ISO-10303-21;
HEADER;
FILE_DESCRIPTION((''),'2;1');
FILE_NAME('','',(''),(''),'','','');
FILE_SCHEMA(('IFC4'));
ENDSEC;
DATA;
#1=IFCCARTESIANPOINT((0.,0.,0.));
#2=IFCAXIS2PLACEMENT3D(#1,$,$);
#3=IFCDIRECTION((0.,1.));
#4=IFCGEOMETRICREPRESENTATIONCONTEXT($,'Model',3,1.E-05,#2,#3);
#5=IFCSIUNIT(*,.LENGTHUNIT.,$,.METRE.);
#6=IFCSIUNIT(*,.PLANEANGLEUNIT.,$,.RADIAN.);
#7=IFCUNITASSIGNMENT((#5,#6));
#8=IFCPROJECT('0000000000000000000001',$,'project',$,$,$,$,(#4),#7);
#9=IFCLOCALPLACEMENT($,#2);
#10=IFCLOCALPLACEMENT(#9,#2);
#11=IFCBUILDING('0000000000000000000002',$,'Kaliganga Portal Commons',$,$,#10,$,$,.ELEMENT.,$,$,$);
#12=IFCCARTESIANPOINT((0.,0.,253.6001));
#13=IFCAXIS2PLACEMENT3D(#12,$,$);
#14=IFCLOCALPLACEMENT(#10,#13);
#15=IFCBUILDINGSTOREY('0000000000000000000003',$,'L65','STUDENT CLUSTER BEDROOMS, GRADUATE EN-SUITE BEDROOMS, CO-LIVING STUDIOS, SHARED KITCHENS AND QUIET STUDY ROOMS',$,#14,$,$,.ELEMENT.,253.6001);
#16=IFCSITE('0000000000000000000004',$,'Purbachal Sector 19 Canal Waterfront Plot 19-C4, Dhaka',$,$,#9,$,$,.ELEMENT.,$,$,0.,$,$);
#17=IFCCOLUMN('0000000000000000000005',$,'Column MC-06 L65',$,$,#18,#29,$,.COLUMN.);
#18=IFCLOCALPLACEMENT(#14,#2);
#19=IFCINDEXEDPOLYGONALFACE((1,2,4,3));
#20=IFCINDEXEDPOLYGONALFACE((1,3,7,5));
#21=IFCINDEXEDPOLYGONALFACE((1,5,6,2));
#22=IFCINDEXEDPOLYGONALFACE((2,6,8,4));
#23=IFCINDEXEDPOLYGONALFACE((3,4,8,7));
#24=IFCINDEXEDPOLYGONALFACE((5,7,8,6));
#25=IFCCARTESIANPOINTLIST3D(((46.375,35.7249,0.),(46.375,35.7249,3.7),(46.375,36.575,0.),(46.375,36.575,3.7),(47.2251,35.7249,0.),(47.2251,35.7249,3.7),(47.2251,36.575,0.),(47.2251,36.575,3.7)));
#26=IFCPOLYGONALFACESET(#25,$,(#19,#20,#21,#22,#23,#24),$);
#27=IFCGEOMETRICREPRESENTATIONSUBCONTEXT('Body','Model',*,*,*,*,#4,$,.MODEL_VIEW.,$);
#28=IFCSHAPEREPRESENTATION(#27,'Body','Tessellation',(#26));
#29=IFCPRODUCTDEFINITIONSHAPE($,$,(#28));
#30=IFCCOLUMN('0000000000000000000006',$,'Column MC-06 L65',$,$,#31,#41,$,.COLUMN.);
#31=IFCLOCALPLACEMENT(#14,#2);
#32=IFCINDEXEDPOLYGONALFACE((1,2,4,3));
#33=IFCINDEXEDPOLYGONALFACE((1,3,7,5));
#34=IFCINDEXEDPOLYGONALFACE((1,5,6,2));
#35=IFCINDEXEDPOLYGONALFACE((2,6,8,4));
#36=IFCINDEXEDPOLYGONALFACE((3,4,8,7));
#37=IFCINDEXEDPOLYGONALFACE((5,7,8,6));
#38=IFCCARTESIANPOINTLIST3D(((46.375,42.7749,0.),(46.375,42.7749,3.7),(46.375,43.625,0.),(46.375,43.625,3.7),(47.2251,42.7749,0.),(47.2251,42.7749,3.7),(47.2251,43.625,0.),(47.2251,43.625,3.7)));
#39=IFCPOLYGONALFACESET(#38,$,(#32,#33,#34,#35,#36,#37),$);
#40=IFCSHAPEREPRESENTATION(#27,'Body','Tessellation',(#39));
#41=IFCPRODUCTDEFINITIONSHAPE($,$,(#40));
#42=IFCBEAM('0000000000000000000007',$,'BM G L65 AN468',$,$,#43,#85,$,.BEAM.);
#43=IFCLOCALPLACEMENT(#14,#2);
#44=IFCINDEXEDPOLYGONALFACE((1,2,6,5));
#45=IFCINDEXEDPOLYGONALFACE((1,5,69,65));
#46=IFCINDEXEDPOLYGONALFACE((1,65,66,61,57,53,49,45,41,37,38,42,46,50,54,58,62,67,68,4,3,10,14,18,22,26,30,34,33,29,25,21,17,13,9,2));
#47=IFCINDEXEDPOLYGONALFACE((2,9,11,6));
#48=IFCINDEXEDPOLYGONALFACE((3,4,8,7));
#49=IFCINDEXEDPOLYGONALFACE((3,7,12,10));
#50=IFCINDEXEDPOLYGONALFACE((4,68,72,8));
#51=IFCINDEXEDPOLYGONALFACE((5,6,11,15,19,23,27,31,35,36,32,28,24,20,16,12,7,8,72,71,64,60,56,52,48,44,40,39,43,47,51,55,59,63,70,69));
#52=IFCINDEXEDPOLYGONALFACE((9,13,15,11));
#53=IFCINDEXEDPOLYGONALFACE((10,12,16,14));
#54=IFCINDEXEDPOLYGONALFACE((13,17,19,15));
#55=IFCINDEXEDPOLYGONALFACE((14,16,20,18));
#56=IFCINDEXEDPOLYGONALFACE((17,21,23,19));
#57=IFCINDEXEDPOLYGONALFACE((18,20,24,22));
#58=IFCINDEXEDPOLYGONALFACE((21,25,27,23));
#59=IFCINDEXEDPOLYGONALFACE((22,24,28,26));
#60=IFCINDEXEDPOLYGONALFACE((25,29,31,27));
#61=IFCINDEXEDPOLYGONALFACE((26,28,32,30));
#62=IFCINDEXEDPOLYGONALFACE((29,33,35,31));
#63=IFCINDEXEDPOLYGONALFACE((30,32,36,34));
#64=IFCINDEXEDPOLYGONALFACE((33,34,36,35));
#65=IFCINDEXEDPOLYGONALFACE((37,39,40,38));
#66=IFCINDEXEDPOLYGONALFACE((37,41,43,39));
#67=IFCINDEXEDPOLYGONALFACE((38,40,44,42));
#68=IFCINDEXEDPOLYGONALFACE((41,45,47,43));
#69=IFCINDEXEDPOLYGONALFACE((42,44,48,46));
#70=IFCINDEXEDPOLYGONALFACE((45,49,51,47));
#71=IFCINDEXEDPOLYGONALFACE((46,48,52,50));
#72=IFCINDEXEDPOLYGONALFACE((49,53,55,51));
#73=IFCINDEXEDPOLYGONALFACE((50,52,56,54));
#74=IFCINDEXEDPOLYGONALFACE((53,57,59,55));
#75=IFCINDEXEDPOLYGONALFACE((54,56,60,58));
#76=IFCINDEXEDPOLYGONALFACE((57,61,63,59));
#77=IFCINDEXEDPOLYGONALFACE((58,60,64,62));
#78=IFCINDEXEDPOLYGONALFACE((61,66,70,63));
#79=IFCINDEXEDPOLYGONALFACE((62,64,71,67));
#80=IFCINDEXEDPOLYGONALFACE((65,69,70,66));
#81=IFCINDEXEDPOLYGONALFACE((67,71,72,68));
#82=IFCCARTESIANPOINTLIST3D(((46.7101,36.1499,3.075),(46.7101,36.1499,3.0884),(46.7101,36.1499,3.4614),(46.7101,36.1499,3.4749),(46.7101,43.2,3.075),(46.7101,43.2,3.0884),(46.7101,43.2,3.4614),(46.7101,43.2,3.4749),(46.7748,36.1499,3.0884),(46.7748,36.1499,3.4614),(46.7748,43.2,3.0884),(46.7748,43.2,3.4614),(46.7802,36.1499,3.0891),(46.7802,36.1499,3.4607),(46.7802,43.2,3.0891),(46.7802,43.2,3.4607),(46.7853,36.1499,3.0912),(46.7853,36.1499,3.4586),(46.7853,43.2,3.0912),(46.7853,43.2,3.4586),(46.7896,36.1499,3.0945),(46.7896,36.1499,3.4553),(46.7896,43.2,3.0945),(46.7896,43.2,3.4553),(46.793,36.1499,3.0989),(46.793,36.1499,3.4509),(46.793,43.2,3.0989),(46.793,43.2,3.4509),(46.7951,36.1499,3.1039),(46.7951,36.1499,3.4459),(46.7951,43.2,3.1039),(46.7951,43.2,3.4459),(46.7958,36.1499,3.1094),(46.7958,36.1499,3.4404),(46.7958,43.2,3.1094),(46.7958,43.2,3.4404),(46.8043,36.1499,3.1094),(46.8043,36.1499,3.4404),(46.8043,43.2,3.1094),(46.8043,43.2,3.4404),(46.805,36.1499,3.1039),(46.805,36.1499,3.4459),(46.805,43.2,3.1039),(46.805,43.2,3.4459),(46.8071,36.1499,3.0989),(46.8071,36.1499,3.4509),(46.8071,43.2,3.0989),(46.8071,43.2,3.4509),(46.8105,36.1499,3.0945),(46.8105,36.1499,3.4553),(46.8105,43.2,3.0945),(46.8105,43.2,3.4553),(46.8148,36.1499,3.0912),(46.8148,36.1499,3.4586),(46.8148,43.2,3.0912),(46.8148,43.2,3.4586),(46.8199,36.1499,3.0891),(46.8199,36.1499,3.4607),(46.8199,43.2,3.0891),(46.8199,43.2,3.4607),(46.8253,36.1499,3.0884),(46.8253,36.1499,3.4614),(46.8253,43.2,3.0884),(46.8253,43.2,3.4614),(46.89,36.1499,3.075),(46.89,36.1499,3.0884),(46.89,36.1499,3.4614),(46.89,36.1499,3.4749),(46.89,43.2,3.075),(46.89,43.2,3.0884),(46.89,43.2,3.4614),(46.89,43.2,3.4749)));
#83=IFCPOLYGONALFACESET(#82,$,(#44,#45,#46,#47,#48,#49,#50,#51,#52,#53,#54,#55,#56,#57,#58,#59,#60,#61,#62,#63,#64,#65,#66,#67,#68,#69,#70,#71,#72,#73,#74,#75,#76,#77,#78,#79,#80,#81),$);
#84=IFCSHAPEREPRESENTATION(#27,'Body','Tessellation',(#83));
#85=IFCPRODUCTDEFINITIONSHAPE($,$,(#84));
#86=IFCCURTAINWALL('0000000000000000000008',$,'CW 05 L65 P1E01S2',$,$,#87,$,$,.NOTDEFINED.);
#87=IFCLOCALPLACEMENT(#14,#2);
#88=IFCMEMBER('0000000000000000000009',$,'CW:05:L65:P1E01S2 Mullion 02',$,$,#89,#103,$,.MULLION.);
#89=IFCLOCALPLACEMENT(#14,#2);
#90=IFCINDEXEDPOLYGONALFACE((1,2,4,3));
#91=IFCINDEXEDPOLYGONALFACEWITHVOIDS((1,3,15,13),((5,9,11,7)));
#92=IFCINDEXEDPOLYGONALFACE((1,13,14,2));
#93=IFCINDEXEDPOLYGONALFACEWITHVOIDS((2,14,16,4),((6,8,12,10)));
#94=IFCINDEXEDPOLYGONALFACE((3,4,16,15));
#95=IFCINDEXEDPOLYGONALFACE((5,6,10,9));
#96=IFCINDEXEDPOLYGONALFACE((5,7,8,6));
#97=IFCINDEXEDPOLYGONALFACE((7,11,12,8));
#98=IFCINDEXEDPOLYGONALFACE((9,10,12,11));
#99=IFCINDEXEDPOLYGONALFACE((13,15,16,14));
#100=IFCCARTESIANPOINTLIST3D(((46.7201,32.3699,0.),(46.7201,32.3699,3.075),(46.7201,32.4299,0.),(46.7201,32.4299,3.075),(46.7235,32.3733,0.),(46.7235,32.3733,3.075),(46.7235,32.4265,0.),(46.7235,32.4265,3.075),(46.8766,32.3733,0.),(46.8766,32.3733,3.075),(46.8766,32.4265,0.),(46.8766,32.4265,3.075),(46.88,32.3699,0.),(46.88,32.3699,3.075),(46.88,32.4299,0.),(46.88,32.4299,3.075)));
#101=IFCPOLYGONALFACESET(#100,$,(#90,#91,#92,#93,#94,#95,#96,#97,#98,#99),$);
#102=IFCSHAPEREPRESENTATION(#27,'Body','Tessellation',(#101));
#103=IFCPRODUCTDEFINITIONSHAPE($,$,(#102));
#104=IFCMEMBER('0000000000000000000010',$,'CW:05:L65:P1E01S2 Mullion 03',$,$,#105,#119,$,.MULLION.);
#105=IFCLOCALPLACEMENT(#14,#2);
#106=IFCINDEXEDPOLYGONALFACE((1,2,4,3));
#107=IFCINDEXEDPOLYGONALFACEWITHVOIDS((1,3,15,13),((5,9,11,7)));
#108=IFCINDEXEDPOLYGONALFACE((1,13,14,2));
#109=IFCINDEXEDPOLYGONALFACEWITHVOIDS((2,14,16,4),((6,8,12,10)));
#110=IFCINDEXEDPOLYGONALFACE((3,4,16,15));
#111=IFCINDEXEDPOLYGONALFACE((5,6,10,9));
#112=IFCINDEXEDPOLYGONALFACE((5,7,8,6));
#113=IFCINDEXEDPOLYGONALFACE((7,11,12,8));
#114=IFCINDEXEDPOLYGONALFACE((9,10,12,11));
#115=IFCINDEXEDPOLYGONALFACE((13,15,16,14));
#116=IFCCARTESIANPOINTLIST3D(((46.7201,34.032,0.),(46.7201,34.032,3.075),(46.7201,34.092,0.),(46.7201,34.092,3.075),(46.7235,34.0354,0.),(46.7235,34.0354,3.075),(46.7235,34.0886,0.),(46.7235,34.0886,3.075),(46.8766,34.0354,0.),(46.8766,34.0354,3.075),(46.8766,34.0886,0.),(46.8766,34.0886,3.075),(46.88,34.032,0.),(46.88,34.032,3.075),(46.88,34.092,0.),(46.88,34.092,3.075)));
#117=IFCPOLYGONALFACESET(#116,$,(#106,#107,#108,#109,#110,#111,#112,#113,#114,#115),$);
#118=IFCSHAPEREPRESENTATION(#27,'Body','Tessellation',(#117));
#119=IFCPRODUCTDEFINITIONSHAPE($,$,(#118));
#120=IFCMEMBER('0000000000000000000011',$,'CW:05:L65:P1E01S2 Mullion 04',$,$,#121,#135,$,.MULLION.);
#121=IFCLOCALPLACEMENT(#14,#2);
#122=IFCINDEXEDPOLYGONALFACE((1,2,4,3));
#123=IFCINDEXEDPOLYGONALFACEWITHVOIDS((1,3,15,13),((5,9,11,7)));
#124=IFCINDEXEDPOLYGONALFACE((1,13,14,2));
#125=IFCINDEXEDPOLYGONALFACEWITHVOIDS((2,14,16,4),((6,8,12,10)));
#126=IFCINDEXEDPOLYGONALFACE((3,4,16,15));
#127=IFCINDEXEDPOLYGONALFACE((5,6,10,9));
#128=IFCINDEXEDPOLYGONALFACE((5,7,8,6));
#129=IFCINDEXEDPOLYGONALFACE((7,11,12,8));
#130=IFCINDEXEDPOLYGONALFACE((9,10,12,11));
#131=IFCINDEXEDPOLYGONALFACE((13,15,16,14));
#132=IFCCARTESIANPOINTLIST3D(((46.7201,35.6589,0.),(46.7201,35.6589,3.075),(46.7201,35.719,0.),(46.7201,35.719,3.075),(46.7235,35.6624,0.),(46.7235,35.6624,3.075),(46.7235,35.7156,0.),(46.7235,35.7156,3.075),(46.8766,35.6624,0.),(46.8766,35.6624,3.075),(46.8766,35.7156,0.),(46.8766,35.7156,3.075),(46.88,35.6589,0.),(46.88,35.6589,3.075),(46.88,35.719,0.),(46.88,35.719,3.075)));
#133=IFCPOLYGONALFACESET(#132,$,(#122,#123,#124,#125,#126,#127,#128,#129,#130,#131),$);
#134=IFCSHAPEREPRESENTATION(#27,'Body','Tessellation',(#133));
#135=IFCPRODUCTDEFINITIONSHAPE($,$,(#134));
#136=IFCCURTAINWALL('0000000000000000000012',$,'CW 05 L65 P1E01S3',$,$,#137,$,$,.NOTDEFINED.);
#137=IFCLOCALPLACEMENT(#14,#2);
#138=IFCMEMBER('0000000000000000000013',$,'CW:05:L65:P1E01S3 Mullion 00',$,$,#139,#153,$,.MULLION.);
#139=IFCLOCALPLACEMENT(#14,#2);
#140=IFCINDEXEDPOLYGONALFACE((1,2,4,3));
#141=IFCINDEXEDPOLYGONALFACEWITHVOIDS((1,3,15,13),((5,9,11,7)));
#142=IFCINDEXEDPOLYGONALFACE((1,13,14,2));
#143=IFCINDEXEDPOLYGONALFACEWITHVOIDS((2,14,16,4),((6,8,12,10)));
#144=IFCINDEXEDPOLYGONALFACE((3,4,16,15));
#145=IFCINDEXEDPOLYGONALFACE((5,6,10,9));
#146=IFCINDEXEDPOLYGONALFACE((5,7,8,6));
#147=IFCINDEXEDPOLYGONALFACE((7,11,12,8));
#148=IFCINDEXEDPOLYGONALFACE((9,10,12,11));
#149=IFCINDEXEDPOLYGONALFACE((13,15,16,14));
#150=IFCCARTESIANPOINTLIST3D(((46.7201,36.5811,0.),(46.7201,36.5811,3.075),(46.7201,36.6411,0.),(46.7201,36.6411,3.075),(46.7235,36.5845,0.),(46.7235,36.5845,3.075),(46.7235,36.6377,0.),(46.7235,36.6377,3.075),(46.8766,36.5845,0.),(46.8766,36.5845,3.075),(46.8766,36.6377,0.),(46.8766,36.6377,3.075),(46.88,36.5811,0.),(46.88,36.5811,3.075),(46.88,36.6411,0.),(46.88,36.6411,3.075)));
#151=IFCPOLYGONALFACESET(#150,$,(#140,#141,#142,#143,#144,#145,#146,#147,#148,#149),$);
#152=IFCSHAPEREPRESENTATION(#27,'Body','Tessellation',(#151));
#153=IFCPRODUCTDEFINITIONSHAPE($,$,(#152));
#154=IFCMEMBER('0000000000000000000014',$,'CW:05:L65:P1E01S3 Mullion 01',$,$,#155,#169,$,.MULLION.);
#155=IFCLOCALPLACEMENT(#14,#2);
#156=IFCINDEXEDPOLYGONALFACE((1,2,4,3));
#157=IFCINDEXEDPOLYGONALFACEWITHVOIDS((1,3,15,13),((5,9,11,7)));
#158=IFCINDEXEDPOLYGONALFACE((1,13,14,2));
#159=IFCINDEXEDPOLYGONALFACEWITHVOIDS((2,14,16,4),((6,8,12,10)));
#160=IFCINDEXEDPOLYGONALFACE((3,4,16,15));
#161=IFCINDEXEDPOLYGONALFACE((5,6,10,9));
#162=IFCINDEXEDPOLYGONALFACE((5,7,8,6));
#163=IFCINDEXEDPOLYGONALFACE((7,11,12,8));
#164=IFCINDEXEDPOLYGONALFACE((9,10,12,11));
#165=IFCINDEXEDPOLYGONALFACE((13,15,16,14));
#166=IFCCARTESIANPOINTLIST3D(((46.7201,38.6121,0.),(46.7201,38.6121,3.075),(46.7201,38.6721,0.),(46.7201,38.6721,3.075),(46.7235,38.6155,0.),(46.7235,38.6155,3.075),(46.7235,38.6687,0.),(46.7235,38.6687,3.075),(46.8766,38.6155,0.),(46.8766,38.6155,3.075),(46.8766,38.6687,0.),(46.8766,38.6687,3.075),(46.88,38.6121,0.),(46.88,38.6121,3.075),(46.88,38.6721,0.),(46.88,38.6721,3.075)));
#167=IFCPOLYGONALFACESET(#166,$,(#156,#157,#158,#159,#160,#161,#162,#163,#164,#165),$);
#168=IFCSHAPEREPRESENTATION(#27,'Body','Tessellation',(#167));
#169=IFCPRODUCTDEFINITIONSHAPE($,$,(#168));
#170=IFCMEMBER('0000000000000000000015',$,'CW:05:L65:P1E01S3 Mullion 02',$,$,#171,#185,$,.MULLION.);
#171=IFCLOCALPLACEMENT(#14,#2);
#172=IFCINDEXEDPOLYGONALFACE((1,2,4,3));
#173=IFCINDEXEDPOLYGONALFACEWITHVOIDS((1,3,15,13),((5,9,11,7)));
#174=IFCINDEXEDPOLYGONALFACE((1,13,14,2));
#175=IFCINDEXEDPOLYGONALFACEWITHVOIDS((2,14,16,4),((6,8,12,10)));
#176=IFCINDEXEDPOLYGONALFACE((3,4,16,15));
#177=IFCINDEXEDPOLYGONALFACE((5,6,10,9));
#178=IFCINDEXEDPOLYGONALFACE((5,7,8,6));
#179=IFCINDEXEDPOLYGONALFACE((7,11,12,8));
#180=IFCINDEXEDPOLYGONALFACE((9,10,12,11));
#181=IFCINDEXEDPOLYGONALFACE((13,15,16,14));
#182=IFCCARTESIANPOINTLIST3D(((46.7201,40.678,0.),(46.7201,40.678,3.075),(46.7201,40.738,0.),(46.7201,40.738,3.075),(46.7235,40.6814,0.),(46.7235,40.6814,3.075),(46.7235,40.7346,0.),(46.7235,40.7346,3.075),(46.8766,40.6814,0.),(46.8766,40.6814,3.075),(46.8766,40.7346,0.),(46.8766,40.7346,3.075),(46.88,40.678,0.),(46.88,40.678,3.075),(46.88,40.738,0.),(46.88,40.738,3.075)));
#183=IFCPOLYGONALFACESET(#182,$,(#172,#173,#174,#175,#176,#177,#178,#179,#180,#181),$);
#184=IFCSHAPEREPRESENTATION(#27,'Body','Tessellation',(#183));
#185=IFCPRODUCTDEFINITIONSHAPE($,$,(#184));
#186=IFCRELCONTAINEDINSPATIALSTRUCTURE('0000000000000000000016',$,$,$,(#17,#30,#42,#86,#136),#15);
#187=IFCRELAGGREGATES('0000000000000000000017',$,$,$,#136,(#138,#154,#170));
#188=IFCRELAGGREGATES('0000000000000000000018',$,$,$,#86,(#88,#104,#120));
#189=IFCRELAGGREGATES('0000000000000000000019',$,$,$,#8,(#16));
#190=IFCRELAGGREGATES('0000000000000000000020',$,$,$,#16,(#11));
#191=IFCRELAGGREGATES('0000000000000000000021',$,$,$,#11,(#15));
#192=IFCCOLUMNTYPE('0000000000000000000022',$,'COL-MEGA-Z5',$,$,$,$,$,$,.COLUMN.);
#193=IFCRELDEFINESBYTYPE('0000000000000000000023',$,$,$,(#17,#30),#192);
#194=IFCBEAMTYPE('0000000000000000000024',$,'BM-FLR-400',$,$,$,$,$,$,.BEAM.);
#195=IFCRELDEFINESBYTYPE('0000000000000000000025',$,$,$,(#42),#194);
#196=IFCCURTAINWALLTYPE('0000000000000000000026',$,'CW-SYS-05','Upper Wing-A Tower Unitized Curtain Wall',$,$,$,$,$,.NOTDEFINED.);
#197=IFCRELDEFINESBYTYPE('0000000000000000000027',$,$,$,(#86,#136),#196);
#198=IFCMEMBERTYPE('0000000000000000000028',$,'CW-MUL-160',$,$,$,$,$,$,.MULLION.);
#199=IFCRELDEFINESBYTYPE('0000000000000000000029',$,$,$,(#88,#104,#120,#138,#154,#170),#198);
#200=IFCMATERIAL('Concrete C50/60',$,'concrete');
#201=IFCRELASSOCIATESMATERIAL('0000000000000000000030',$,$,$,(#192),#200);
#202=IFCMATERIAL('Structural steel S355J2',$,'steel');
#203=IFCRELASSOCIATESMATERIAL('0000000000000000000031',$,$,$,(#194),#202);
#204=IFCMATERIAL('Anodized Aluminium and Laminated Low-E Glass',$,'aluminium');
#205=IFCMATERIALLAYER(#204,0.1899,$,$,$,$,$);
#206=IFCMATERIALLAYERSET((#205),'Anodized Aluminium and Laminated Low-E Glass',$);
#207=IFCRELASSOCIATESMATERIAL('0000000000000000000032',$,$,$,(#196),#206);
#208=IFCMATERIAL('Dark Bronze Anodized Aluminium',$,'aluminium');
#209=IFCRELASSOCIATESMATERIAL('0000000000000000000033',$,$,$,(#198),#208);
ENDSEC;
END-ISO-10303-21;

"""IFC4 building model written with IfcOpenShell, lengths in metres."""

from ifc_helpers import new_model, si_unit, direction, frame, origin, origin_2d, place, context, subcontext, project, spatial, rectangle, hollow_rectangle, i_section, extrude, source, transform, mapped, material, layer, layer_set, material_profile, profile_set, type_object, element, aggregate, save


model = new_model("IFC4")

# Units and contexts
model_context = context("Model", 3, precision=1e-05, world=origin(), true_north=direction((0.0, 1.0)))
body_context = subcontext(model_context, "Body", "Model", "MODEL_VIEW")
ifc_project = project(units=[si_unit("LENGTHUNIT", "METRE"), si_unit("PLANEANGLEUNIT", "RADIAN")], contexts=[model_context])

# Site, building, storey
site_placement = place(None, origin())
site = spatial("IfcSite", under=ifc_project, at=site_placement, Name="Purbachal Sector 19 Canal Waterfront Plot 19-C4, Dhaka", CompositionType="ELEMENT", RefElevation=0.0)
building_placement = place(site_placement, origin())
building = spatial("IfcBuilding", under=site, at=building_placement, Name="Kaliganga Portal Commons", CompositionType="ELEMENT")
storey_placement = place(building_placement, frame((0.0, 0.0, 253.6001)))
storey = spatial("IfcBuildingStorey", under=building, at=storey_placement, Name="L65", Description="STUDENT CLUSTER BEDROOMS, GRADUATE EN-SUITE BEDROOMS, CO-LIVING STUDIOS, SHARED KITCHENS AND QUIET STUDY ROOMS", CompositionType="ELEMENT", Elevation=253.6001)

# Columns
ifc_material_1 = material(Name="Concrete C50/60", Category="concrete")
ifc_material_profile_1 = material_profile(ifc_material_1, rectangle(XDim=0.8501, YDim=0.8501, at=origin_2d()), Name="RC 850x850")
ifc_profile_set_1 = profile_set([ifc_material_profile_1], Name="Concrete C50/60")
column_type = type_object("IfcColumnType", Name="COL-MEGA-Z5", PredefinedType="COLUMN", material=ifc_profile_set_1)
shared_shape_1 = source(origin(), body_context, "Body", "SweptSolid", [
    extrude(rectangle(XDim=0.8501, YDim=0.8501, at=origin_2d()), origin(), (0.0, 0.0, 1.0), 3.7),
])
for number, where, z_axis, x_axis, name in (
    (1, (46.8, 36.1499, 0.0), (0.0, 0.0, 1.0), (1.0, 0.0, 0.0), "Column MC-06 L65"),
    (2, (46.8, 43.2, 0.0), (0.0, 0.0, 1.0), (1.0, 0.0, 0.0), "Column MC-06 L65"),
):
    element("IfcColumn", number, at=place(storey_placement, frame(where, z_axis=z_axis, x_axis=x_axis)), inside=storey, type_object=column_type, Name=name, PredefinedType="COLUMN", context=body_context, shape_type="MappedRepresentation", body=[
        mapped(shared_shape_1, transform((0.0, 0.0, 0.0), x_axis=(1.0, 0.0, 0.0), y_axis=(0.0, 1.0, 0.0), z_axis=(0.0, 0.0, 1.0), scale=1.0)),
    ])

# Beam
ifc_material_2 = material(Name="Structural steel S355J2", Category="steel")
ifc_material_profile_2 = material_profile(ifc_material_2, i_section(OverallWidth=0.1799, OverallDepth=0.3999, WebThickness=0.0085, FlangeThickness=0.0134, FilletRadius=0.021, at=origin_2d()), Name="IPE 400")
ifc_profile_set_2 = profile_set([ifc_material_profile_2], Name="Structural steel S355J2 wide-flange")
beam_type = type_object("IfcBeamType", Name="BM-FLR-400", PredefinedType="BEAM", material=ifc_profile_set_2)
shared_shape_2 = source(origin(), body_context, "Body", "SweptSolid", [
    extrude(i_section(OverallWidth=0.1799, OverallDepth=0.3999, WebThickness=0.0085, FlangeThickness=0.0134, FilletRadius=0.021, at=origin_2d()), origin(), (0.0, 0.0, 1.0), 7.05),
])
beam_placement = place(storey_placement, frame((46.8, 36.1499, 3.2749), z_axis=(0.0, 1.0, 0.0), x_axis=(-1.0, 0.0, 0.0)))
element("IfcBeam", 3, at=beam_placement, inside=storey, type_object=beam_type, Name="BM G L65 AN468", PredefinedType="BEAM", context=body_context, shape_type="MappedRepresentation", body=[
    mapped(shared_shape_2, transform((0.0, 0.0, 0.0), x_axis=(1.0, 0.0, 0.0), y_axis=(0.0, 1.0, 0.0), z_axis=(0.0, 0.0, 1.0), scale=1.0)),
])

# Curtain wall, members
ifc_material_3 = material(Name="Anodized Aluminium and Laminated Low-E Glass", Category="aluminium")
ifc_layer_1 = layer(ifc_material_3, 0.1899)
ifc_layer_set_1 = layer_set([ifc_layer_1], Name="Anodized Aluminium and Laminated Low-E Glass")
curtain_wall_type = type_object("IfcCurtainWallType", Name="CW-SYS-05", Description="Upper Wing-A Tower Unitized Curtain Wall", PredefinedType="NOTDEFINED", material=ifc_layer_set_1)
curtain_wall_1_placement = place(storey_placement, origin())
curtain_wall_1 = element("IfcCurtainWall", 4, at=curtain_wall_1_placement, inside=storey, type_object=curtain_wall_type, Name="CW 05 L65 P1E01S2", PredefinedType="NOTDEFINED")
ifc_material_4 = material(Name="Dark Bronze Anodized Aluminium", Category="aluminium")
ifc_material_profile_3 = material_profile(ifc_material_4, hollow_rectangle(XDim=0.0601, YDim=0.1599, WallThickness=0.0034, at=origin_2d()), Name="ALU MULL 60x160x3.5")
ifc_profile_set_3 = profile_set([ifc_material_profile_3], Name="Dark Bronze Anodized Aluminium")
member_type_1 = type_object("IfcMemberType", Name="CW-MUL-160", PredefinedType="MULLION", material=ifc_profile_set_3)
shared_shape_3 = source(origin(), body_context, "Body", "SweptSolid", [
    extrude(hollow_rectangle(XDim=0.0601, YDim=0.1599, WallThickness=0.0034, at=origin_2d()), origin(), (0.0, 0.0, 1.0), 3.075),
])
member_1_placement = place(storey_placement, frame((46.8, 32.3999, 0.0), z_axis=(0.0, 0.0, 1.0), x_axis=(0.0, 1.0, 0.0)))
member_1 = element("IfcMember", 5, at=member_1_placement, type_object=member_type_1, Name="CW:05:L65:P1E01S2 Mullion 02", PredefinedType="MULLION", context=body_context, shape_type="MappedRepresentation", body=[
    mapped(shared_shape_3, transform((0.0, 0.0, 0.0), x_axis=(1.0, 0.0, 0.0), y_axis=(0.0, 1.0, 0.0), z_axis=(0.0, 0.0, 1.0), scale=1.0)),
])
member_2_placement = place(storey_placement, frame((46.8, 34.062, 0.0), z_axis=(0.0, 0.0, 1.0), x_axis=(0.0, 1.0, 0.0)))
member_2 = element("IfcMember", 6, at=member_2_placement, type_object=member_type_1, Name="CW:05:L65:P1E01S2 Mullion 03", PredefinedType="MULLION", context=body_context, shape_type="MappedRepresentation", body=[
    mapped(shared_shape_3, transform((0.0, 0.0, 0.0), x_axis=(1.0, 0.0, 0.0), y_axis=(0.0, 1.0, 0.0), z_axis=(0.0, 0.0, 1.0), scale=1.0)),
])
member_3_placement = place(storey_placement, frame((46.8, 35.689, 0.0), z_axis=(0.0, 0.0, 1.0), x_axis=(0.0, 1.0, 0.0)))
member_3 = element("IfcMember", 7, at=member_3_placement, type_object=member_type_1, Name="CW:05:L65:P1E01S2 Mullion 04", PredefinedType="MULLION", context=body_context, shape_type="MappedRepresentation", body=[
    mapped(shared_shape_3, transform((0.0, 0.0, 0.0), x_axis=(1.0, 0.0, 0.0), y_axis=(0.0, 1.0, 0.0), z_axis=(0.0, 0.0, 1.0), scale=1.0)),
])

# Curtain wall, members
curtain_wall_2_placement = place(storey_placement, origin())
curtain_wall_2 = element("IfcCurtainWall", 8, at=curtain_wall_2_placement, inside=storey, type_object=curtain_wall_type, Name="CW 05 L65 P1E01S3", PredefinedType="NOTDEFINED")
member_4_placement = place(storey_placement, frame((46.8, 36.6111, 0.0), z_axis=(0.0, 0.0, 1.0), x_axis=(0.0, 1.0, 0.0)))
member_4 = element("IfcMember", 9, at=member_4_placement, type_object=member_type_1, Name="CW:05:L65:P1E01S3 Mullion 00", PredefinedType="MULLION", context=body_context, shape_type="MappedRepresentation", body=[
    mapped(shared_shape_3, transform((0.0, 0.0, 0.0), x_axis=(1.0, 0.0, 0.0), y_axis=(0.0, 1.0, 0.0), z_axis=(0.0, 0.0, 1.0), scale=1.0)),
])
member_5_placement = place(storey_placement, frame((46.8, 38.6421, 0.0), z_axis=(0.0, 0.0, 1.0), x_axis=(0.0, 1.0, 0.0)))
member_5 = element("IfcMember", 10, at=member_5_placement, type_object=member_type_1, Name="CW:05:L65:P1E01S3 Mullion 01", PredefinedType="MULLION", context=body_context, shape_type="MappedRepresentation", body=[
    mapped(shared_shape_3, transform((0.0, 0.0, 0.0), x_axis=(1.0, 0.0, 0.0), y_axis=(0.0, 1.0, 0.0), z_axis=(0.0, 0.0, 1.0), scale=1.0)),
])
member_6_placement = place(storey_placement, frame((46.8, 40.708, 0.0), z_axis=(0.0, 0.0, 1.0), x_axis=(0.0, 1.0, 0.0)))
member_6 = element("IfcMember", 11, at=member_6_placement, type_object=member_type_1, Name="CW:05:L65:P1E01S3 Mullion 02", PredefinedType="MULLION", context=body_context, shape_type="MappedRepresentation", body=[
    mapped(shared_shape_3, transform((0.0, 0.0, 0.0), x_axis=(1.0, 0.0, 0.0), y_axis=(0.0, 1.0, 0.0), z_axis=(0.0, 0.0, 1.0), scale=1.0)),
])
aggregate(curtain_wall_2, [member_4, member_5, member_6])

aggregate(curtain_wall_1, [member_1, member_2, member_3])

save(model, "model.ifc")
